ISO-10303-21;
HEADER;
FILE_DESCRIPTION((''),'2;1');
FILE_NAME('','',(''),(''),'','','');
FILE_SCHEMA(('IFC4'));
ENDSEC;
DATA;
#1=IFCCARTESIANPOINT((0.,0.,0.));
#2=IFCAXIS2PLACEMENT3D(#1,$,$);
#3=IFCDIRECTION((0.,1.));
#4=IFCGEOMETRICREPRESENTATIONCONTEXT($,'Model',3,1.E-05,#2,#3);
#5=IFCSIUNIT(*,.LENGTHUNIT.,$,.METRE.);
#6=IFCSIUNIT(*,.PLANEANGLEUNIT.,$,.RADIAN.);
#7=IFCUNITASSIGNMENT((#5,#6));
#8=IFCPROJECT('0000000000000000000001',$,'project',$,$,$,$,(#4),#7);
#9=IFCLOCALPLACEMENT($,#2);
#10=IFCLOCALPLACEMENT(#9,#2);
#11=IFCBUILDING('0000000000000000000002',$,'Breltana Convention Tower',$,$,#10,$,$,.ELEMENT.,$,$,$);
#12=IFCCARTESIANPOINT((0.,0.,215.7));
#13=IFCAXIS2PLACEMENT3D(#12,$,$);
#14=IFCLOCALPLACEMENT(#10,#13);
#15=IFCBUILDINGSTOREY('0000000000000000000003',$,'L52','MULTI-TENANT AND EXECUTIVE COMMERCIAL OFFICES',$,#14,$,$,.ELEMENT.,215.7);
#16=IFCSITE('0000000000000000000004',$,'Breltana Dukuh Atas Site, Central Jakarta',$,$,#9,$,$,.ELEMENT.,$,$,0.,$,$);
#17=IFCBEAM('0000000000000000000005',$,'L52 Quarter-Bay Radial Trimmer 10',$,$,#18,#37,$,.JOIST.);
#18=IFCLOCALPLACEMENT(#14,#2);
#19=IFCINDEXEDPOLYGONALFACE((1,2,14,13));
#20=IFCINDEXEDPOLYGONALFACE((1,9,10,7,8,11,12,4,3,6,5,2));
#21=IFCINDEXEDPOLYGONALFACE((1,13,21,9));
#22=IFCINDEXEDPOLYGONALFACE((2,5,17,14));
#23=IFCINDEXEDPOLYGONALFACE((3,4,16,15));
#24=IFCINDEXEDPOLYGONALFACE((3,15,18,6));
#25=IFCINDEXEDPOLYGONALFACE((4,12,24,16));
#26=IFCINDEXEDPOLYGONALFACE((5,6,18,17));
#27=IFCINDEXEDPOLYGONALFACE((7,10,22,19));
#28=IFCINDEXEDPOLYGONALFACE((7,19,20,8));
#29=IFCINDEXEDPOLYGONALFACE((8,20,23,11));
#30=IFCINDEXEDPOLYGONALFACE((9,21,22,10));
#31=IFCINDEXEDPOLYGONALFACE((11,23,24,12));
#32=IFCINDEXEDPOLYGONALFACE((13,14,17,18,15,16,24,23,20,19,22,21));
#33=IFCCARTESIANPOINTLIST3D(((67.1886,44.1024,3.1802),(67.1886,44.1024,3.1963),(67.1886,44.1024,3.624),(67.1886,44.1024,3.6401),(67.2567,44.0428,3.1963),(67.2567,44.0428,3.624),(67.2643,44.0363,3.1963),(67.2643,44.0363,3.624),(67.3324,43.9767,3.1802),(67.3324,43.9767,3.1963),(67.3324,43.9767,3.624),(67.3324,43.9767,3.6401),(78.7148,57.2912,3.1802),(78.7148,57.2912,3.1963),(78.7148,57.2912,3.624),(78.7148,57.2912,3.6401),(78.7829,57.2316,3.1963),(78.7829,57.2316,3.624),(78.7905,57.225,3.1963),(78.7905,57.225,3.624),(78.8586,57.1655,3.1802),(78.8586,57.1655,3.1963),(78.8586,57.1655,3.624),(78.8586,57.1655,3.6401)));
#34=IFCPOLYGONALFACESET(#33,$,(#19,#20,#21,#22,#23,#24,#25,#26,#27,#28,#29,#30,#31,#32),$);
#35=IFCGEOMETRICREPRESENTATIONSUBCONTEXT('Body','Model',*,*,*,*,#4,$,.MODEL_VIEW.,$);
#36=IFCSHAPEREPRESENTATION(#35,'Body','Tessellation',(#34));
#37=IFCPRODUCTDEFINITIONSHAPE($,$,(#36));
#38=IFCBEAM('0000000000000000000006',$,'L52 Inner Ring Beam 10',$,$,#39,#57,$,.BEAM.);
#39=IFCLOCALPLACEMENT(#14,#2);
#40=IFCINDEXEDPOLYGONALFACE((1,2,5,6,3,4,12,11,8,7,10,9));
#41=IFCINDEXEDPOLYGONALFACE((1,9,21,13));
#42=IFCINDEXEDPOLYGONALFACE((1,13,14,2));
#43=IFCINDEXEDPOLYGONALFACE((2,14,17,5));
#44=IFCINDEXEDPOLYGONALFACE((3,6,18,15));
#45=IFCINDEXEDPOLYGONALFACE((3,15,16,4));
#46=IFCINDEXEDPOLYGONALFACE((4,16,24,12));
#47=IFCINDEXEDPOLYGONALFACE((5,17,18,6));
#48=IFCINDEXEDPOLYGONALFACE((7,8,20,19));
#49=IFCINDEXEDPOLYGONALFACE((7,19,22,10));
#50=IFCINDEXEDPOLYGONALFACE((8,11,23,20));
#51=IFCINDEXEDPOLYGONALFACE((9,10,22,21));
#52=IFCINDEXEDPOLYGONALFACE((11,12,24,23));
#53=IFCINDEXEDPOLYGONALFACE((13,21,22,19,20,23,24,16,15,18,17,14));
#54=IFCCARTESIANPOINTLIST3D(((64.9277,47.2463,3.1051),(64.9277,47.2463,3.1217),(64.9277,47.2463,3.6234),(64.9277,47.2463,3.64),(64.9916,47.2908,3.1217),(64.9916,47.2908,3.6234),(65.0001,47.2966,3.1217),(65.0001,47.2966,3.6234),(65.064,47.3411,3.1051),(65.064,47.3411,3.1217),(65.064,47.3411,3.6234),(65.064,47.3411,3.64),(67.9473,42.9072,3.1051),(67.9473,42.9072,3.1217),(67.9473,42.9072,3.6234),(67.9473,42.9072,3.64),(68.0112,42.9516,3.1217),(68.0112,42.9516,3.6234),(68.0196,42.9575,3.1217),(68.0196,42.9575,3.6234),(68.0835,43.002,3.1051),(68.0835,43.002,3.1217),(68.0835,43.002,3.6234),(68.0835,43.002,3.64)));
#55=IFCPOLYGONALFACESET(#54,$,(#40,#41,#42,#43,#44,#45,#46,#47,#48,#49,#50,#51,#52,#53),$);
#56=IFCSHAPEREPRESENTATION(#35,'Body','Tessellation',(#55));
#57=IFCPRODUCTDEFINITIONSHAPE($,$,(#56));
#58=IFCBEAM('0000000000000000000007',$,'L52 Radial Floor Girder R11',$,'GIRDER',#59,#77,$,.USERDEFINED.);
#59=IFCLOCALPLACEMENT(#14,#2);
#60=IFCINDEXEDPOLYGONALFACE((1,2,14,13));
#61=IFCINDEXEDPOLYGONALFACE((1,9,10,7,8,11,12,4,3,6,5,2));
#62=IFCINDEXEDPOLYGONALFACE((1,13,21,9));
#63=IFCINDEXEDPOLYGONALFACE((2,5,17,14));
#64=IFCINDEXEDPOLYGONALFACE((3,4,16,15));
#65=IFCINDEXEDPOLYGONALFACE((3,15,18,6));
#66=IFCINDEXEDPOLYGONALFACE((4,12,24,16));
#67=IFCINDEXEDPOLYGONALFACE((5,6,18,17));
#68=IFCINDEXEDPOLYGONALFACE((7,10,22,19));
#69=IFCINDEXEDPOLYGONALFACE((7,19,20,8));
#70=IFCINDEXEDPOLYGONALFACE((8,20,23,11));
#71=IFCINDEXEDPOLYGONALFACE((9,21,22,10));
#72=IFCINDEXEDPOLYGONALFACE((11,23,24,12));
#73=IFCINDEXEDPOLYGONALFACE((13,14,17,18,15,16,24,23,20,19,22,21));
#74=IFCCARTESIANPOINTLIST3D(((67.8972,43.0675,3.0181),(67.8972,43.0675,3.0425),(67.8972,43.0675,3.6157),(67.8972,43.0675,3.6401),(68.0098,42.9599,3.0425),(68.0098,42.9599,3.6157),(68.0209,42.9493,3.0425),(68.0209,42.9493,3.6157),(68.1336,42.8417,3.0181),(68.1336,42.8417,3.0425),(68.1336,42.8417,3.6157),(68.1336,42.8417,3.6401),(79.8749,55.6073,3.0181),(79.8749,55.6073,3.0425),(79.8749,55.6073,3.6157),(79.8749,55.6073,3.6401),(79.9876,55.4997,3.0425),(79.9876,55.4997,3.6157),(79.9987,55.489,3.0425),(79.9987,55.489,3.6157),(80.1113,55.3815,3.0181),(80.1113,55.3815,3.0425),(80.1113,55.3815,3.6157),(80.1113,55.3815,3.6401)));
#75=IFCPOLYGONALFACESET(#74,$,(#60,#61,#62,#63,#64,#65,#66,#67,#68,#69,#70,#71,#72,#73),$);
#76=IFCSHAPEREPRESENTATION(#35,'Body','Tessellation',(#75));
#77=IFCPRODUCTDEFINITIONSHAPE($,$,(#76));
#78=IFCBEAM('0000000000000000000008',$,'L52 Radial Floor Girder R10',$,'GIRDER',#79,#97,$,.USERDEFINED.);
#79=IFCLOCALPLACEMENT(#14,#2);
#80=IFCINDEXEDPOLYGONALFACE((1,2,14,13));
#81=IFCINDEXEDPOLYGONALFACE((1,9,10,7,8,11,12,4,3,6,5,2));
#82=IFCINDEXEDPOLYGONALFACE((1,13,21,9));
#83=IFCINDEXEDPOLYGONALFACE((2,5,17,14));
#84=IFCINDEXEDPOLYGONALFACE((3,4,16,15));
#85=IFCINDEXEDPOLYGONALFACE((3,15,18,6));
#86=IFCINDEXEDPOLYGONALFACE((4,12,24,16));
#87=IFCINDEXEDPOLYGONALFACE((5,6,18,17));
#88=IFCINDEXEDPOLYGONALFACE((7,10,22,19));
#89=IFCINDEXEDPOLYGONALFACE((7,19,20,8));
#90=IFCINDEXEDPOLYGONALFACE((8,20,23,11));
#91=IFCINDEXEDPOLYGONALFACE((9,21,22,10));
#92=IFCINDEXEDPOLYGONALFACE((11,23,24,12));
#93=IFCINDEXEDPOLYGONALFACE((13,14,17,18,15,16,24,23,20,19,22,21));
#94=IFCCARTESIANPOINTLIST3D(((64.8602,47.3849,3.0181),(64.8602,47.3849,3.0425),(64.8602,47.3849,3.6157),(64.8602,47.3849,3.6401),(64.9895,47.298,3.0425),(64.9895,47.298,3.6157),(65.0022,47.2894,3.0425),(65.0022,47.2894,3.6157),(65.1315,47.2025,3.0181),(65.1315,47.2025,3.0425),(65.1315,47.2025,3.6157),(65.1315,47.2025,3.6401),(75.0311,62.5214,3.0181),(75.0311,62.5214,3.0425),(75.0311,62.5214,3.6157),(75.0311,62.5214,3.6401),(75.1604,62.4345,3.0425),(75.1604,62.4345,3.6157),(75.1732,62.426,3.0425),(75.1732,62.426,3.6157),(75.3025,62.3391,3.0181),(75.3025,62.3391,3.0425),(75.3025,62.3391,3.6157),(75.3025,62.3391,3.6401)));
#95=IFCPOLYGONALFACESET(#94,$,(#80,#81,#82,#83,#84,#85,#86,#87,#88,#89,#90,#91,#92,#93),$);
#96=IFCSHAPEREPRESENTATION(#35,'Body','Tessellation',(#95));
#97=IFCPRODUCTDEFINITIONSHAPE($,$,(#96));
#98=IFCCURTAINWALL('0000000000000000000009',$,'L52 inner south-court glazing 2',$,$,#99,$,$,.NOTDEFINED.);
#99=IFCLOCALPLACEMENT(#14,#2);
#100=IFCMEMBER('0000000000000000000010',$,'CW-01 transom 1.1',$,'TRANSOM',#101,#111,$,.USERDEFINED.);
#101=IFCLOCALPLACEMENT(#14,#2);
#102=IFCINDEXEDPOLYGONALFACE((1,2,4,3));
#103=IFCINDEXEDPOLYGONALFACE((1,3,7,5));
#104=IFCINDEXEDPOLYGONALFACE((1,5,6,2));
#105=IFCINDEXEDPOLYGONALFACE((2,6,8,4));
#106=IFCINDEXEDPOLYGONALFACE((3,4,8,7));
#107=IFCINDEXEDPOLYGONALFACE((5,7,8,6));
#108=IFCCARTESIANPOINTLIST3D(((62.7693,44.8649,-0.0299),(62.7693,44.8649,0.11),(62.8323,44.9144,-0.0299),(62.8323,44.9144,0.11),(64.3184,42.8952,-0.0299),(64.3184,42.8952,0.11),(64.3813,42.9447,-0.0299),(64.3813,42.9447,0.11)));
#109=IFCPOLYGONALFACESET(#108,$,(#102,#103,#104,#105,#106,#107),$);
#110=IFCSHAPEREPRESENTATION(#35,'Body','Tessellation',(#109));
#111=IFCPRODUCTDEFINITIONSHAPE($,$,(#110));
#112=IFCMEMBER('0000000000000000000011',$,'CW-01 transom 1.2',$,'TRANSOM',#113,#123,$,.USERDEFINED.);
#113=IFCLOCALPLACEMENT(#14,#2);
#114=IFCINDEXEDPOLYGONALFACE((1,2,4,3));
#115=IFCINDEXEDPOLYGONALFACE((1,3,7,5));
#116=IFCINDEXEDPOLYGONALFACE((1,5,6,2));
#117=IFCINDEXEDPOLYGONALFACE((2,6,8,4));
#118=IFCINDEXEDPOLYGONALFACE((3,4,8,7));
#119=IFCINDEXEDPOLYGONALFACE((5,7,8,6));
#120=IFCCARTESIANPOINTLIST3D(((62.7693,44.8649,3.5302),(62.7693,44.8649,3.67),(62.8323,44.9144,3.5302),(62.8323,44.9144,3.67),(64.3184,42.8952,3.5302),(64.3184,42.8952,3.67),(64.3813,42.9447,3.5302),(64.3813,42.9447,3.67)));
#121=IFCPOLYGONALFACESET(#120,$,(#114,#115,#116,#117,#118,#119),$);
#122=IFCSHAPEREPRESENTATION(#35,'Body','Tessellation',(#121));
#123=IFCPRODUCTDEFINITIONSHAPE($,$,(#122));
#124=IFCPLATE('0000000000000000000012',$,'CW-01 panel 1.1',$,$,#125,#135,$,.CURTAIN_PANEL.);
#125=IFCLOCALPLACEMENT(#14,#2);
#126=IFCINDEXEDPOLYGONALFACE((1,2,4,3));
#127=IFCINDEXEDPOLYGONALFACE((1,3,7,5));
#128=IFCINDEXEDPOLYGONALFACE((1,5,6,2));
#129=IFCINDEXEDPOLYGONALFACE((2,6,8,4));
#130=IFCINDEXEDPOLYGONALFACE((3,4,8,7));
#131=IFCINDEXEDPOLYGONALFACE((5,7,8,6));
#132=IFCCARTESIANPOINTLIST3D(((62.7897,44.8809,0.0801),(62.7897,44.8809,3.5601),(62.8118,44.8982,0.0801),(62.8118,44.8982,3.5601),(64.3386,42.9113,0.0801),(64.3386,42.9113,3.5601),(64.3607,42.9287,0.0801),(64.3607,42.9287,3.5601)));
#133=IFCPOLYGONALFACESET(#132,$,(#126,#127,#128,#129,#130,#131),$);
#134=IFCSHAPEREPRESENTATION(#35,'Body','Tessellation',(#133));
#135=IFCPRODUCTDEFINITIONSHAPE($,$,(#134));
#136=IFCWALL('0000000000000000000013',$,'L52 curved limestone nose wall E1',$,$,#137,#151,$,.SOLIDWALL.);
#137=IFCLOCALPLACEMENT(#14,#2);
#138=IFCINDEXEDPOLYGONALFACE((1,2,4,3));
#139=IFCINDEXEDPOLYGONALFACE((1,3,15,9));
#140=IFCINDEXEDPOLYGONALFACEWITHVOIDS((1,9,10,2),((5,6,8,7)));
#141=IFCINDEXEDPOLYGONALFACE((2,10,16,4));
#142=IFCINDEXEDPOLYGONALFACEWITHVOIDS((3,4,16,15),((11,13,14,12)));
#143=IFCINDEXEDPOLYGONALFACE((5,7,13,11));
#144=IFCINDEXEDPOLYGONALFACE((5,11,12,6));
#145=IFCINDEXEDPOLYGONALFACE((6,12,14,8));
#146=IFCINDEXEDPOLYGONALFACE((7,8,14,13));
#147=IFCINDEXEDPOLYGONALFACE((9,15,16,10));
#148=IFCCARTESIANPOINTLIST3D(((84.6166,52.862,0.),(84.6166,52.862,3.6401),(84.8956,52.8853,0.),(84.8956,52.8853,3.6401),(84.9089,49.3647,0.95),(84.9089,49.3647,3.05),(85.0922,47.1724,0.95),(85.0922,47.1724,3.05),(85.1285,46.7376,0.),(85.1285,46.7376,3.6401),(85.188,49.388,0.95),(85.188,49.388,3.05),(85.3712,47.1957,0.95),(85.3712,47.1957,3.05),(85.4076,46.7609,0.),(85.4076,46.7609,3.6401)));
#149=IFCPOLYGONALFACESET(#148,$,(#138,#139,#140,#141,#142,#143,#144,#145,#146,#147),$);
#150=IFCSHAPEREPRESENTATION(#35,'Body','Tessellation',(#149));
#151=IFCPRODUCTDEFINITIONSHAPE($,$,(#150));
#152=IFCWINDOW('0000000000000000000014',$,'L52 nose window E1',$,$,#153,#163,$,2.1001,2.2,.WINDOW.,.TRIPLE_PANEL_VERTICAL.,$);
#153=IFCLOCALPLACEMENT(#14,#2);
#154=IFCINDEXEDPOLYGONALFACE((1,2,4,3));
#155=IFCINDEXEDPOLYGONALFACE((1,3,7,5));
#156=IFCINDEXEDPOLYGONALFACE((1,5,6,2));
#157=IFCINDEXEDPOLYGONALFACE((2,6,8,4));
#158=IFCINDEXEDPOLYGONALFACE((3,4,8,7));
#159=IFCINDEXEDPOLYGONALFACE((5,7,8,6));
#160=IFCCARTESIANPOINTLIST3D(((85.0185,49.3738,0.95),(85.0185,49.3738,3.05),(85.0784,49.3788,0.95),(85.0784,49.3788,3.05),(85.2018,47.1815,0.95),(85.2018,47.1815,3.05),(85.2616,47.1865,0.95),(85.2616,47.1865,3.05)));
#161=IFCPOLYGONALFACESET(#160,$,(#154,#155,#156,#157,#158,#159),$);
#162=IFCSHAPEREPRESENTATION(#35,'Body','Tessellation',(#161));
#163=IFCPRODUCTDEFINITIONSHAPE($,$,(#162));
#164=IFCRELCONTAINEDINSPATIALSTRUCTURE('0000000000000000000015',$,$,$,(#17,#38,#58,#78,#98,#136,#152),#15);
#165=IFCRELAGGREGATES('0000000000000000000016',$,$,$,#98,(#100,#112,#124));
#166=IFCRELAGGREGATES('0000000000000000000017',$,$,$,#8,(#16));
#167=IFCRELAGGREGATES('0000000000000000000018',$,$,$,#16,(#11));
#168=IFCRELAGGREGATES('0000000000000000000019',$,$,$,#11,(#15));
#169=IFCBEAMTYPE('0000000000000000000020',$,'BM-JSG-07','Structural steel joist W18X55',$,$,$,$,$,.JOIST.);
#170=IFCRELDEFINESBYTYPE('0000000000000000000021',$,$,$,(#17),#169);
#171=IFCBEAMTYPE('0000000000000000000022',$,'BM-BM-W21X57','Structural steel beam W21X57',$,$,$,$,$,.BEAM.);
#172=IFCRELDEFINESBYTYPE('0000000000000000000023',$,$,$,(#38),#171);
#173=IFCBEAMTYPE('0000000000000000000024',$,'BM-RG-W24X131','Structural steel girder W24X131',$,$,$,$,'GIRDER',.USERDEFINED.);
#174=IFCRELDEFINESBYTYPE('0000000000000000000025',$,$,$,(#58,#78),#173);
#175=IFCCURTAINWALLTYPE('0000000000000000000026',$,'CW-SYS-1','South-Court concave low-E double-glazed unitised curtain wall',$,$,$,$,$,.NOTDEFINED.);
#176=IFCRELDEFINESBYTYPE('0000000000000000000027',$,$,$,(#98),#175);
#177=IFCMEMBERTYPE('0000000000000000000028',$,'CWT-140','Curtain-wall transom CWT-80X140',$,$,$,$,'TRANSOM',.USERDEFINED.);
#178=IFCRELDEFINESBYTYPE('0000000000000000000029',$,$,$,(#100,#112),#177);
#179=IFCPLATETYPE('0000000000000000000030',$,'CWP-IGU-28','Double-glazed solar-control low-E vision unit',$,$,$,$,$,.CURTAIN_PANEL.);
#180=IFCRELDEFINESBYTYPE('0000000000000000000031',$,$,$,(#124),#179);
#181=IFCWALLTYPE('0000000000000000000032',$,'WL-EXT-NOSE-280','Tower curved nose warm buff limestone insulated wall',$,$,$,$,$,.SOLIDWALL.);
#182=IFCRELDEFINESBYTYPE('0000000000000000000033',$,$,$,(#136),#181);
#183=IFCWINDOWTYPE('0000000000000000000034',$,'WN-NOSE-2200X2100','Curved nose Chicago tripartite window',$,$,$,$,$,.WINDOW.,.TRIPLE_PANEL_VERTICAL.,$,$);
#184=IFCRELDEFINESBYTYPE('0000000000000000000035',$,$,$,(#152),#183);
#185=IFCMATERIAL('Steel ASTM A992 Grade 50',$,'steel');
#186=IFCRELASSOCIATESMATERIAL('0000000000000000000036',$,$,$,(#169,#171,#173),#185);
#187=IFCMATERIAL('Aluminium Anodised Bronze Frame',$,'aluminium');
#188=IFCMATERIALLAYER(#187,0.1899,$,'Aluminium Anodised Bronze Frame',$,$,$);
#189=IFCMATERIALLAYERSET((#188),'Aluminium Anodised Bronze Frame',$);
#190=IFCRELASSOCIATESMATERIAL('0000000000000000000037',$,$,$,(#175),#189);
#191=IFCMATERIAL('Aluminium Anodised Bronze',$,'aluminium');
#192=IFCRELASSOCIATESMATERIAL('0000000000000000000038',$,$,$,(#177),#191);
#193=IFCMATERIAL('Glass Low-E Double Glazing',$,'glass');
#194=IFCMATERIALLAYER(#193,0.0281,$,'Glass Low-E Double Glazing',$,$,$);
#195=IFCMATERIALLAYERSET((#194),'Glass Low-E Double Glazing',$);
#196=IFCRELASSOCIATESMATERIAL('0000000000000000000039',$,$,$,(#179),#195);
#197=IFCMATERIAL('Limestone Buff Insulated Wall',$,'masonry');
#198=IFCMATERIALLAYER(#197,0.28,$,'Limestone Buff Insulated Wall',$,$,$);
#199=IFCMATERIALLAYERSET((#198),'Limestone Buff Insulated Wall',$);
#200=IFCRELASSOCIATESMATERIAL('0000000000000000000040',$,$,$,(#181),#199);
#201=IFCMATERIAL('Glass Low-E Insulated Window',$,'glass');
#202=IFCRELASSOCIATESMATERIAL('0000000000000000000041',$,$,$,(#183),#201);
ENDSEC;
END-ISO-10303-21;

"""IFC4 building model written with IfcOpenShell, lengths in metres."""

from ifc_helpers import new_model, si_unit, direction, frame, frame_2d, origin, origin_2d, place, context, subcontext, project, spatial, rectangle, i_section, extrude, source, transform, mapped, material, layer, layer_set, material_profile, profile_set, type_object, type_shapes, element, fill, aggregate, save


model = new_model("IFC4")

# Units and contexts
model_context = context("Model", 3, precision=1e-05, world=origin(), true_north=direction((0.0, 1.0)))
body_context = subcontext(model_context, "Body", "Model", "MODEL_VIEW")
ifc_project = project(units=[si_unit("LENGTHUNIT", "METRE"), si_unit("PLANEANGLEUNIT", "RADIAN")], contexts=[model_context])

# Site, building, storey
site_placement = place(None, origin())
site = spatial("IfcSite", under=ifc_project, at=site_placement, Name="Breltana Dukuh Atas Site, Central Jakarta", CompositionType="ELEMENT", RefElevation=0.0)
building_placement = place(site_placement, origin())
building = spatial("IfcBuilding", under=site, at=building_placement, Name="Breltana Convention Tower", CompositionType="ELEMENT")
storey_placement = place(building_placement, frame((0.0, 0.0, 215.7)))
storey = spatial("IfcBuildingStorey", under=building, at=storey_placement, Name="L52", Description="MULTI-TENANT AND EXECUTIVE COMMERCIAL OFFICES", CompositionType="ELEMENT", Elevation=215.7)

# Shared definitions
ifc_material_1 = material(Name="Steel ASTM A992 Grade 50", Category="steel")

# Beams
ifc_material_profile_1 = material_profile(ifc_material_1, i_section(OverallWidth=0.1909, OverallDepth=0.46, WebThickness=0.01, FlangeThickness=0.0161, at=origin_2d()), Name="W18X55")
ifc_profile_set_1 = profile_set([ifc_material_profile_1], Name="Steel ASTM A992 Grade 50")
beam_type_1 = type_object("IfcBeamType", Name="BM-JSG-07", Description="Structural steel joist W18X55", PredefinedType="JOIST", material=ifc_profile_set_1)
shared_shape_1 = source(origin(), body_context, "Body", "SweptSolid", [
    extrude(i_section(OverallWidth=0.1909, OverallDepth=0.46, WebThickness=0.01, FlangeThickness=0.0161, at=origin_2d()), origin(), (0.0, 0.0, 1.0), 17.5156),
])
beam_1_placement = place(storey_placement, frame((67.2605, 44.0396, 3.4102), z_axis=(0.658052, 0.752973, 0.0), x_axis=(-0.752973, 0.658052, 0.0)))
element("IfcBeam", 1, at=beam_1_placement, inside=storey, type_object=beam_type_1, Name="L52 Quarter-Bay Radial Trimmer 10", PredefinedType="JOIST", context=body_context, shape_type="MappedRepresentation", body=[
    mapped(shared_shape_1, transform((0.0, 0.0, 0.0), scale=1.0)),
])
ifc_material_profile_2 = material_profile(ifc_material_1, i_section(OverallWidth=0.166, OverallDepth=0.5349, WebThickness=0.0103, FlangeThickness=0.0166, at=origin_2d()), Name="W21X57")
ifc_profile_set_2 = profile_set([ifc_material_profile_2], Name="Steel ASTM A992 Grade 50")
beam_type_2 = type_object("IfcBeamType", Name="BM-BM-W21X57", Description="Structural steel beam W21X57", PredefinedType="BEAM", material=ifc_profile_set_2)
shared_shape_2 = source(origin(), body_context, "Body", "SweptSolid", [
    extrude(i_section(OverallWidth=0.166, OverallDepth=0.5349, WebThickness=0.0103, FlangeThickness=0.0166, at=origin_2d()), origin(), (0.0, 0.0, 1.0), 5.2864),
])
beam_2_placement = place(storey_placement, frame((64.9958, 47.2937, 3.3726), z_axis=(0.571194, -0.820815, 0.0), x_axis=(0.820815, 0.571194, 0.0)))
element("IfcBeam", 2, at=beam_2_placement, inside=storey, type_object=beam_type_2, Name="L52 Inner Ring Beam 10", PredefinedType="BEAM", context=body_context, shape_type="MappedRepresentation", body=[
    mapped(shared_shape_2, transform((0.0, 0.0, 0.0), scale=1.0)),
])
ifc_material_profile_3 = material_profile(ifc_material_1, i_section(OverallWidth=0.3269, OverallDepth=0.6221, WebThickness=0.0154, FlangeThickness=0.0244, at=origin_2d()), Name="W24X131")
ifc_profile_set_3 = profile_set([ifc_material_profile_3], Name="Steel ASTM A992 Grade 50")
beam_type_3 = type_object("IfcBeamType", Name="BM-RG-W24X131", Description="Structural steel girder W24X131", ElementType="GIRDER", PredefinedType="USERDEFINED", material=ifc_profile_set_3)
shared_shape_3 = source(origin(), body_context, "Body", "SweptSolid", [
    extrude(i_section(OverallWidth=0.3269, OverallDepth=0.6221, WebThickness=0.0154, FlangeThickness=0.0244, at=origin_2d()), origin(), (0.0, 0.0, 1.0), 17.3411),
])
type_shapes(beam_type_3, [shared_shape_3])
beam_3_placement = place(storey_placement, frame((68.0154, 42.9546, 3.3291), z_axis=(0.690716, 0.723126, 0.0), x_axis=(-0.723126, 0.690716, 0.0)))
element("IfcBeam", 3, at=beam_3_placement, inside=storey, type_object=beam_type_3, Name="L52 Radial Floor Girder R11", ObjectType="GIRDER", PredefinedType="USERDEFINED", context=body_context, shape_type="MappedRepresentation", body=[
    mapped(shared_shape_3, transform((0.0, 0.0, 0.0), scale=1.0)),
])
shared_shape_4 = source(origin(), body_context, "Body", "SweptSolid", [
    extrude(i_section(OverallWidth=0.3269, OverallDepth=0.6221, WebThickness=0.0154, FlangeThickness=0.0244, at=origin_2d()), origin(), (0.0, 0.0, 1.0), 18.2363),
])
beam_4_placement = place(storey_placement, frame((64.9958, 47.2937, 3.3291), z_axis=(0.55773, 0.830022, 0.0), x_axis=(-0.830022, 0.55773, 0.0)))
element("IfcBeam", 4, at=beam_4_placement, inside=storey, type_object=beam_type_3, Name="L52 Radial Floor Girder R10", ObjectType="GIRDER", PredefinedType="USERDEFINED", context=body_context, shape_type="MappedRepresentation", body=[
    mapped(shared_shape_4, transform((0.0, 0.0, 0.0), scale=1.0)),
])

# Curtain wall, members, plate
ifc_material_2 = material(Name="Aluminium Anodised Bronze Frame", Category="aluminium")
ifc_layer_1 = layer(ifc_material_2, 0.1899, Name="Aluminium Anodised Bronze Frame")
ifc_layer_set_1 = layer_set([ifc_layer_1], Name="Aluminium Anodised Bronze Frame")
curtain_wall_type = type_object("IfcCurtainWallType", Name="CW-SYS-1", Description="South-Court concave low-E double-glazed unitised curtain wall", PredefinedType="NOTDEFINED", material=ifc_layer_set_1)
curtain_wall_placement = place(storey_placement, origin())
curtain_wall = element("IfcCurtainWall", 5, at=curtain_wall_placement, inside=storey, type_object=curtain_wall_type, Name="L52 inner south-court glazing 2", PredefinedType="NOTDEFINED")
ifc_material_3 = material(Name="Aluminium Anodised Bronze", Category="aluminium")
ifc_material_profile_4 = material_profile(ifc_material_3, rectangle(XDim=0.0801, YDim=0.1399, at=origin_2d()), Name="CWT-80X140")
ifc_profile_set_4 = profile_set([ifc_material_profile_4], Name="Aluminium Anodised Bronze")
member_type = type_object("IfcMemberType", Name="CWT-140", Description="Curtain-wall transom CWT-80X140", ElementType="TRANSOM", PredefinedType="USERDEFINED", material=ifc_profile_set_4)
shared_shape_5 = source(origin(), body_context, "Body", "SweptSolid", [
    extrude(rectangle(XDim=0.0801, YDim=0.1399, at=origin_2d()), origin(), (0.0, 0.0, 1.0), 2.5059),
])
member_1_placement = place(storey_placement, frame((64.3499, 42.9199, 0.04), z_axis=(-0.618174, 0.786041, 0.0), x_axis=(-0.786041, -0.618174, 0.0)))
member_1 = element("IfcMember", 6, at=member_1_placement, type_object=member_type, Name="CW-01 transom 1.1", ObjectType="TRANSOM", PredefinedType="USERDEFINED", context=body_context, shape_type="MappedRepresentation", body=[
    mapped(shared_shape_5, transform((0.0, 0.0, 0.0), scale=1.0)),
])
member_2_placement = place(storey_placement, frame((64.3499, 42.9199, 3.6001), z_axis=(-0.618174, 0.786041, 0.0), x_axis=(-0.786041, -0.618174, 0.0)))
member_2 = element("IfcMember", 7, at=member_2_placement, type_object=member_type, Name="CW-01 transom 1.2", ObjectType="TRANSOM", PredefinedType="USERDEFINED", context=body_context, shape_type="MappedRepresentation", body=[
    mapped(shared_shape_5, transform((0.0, 0.0, 0.0), scale=1.0)),
])
ifc_material_4 = material(Name="Glass Low-E Double Glazing", Category="glass")
ifc_layer_2 = layer(ifc_material_4, 0.0281, Name="Glass Low-E Double Glazing")
ifc_layer_set_2 = layer_set([ifc_layer_2], Name="Glass Low-E Double Glazing")
plate_type = type_object("IfcPlateType", Name="CWP-IGU-28", Description="Double-glazed solar-control low-E vision unit", PredefinedType="CURTAIN_PANEL", material=ifc_layer_set_2)
shared_shape_6 = source(origin(), body_context, "Body", "SweptSolid", [
    extrude(rectangle(XDim=2.5056, YDim=0.0281, at=origin_2d()), origin(), (0.0, 0.0, 1.0), 3.48),
])
plate_placement = place(storey_placement, frame((63.5752, 43.9048, 0.0801), z_axis=(0.0, 0.0, 1.0), x_axis=(-0.61815, 0.786061, 0.0)))
plate = element("IfcPlate", 8, at=plate_placement, type_object=plate_type, Name="CW-01 panel 1.1", PredefinedType="CURTAIN_PANEL", context=body_context, shape_type="MappedRepresentation", body=[
    mapped(shared_shape_6, transform((0.0, 0.0, 0.0), scale=1.0)),
])
aggregate(curtain_wall, [member_1, member_2, plate])

# Wall, opening, window
ifc_material_5 = material(Name="Limestone Buff Insulated Wall", Category="masonry")
ifc_layer_3 = layer(ifc_material_5, 0.28, Name="Limestone Buff Insulated Wall")
ifc_layer_set_3 = layer_set([ifc_layer_3], Name="Limestone Buff Insulated Wall")
wall_type = type_object("IfcWallType", Name="WL-EXT-NOSE-280", Description="Tower curved nose warm buff limestone insulated wall", PredefinedType="SOLIDWALL", material=ifc_layer_set_3)
shared_shape_7 = source(origin(), body_context, "Body", "SweptSolid", [
    extrude(rectangle(XDim=6.1458, YDim=0.28, at=frame_2d((3.0728, 0.0))), origin(), (0.0, 0.0, 1.0), 3.6401),
])
wall_1_placement = place(storey_placement, frame((84.7561, 52.8735, 0.0), z_axis=(0.0, 0.0, 1.0), x_axis=(0.083302, -0.996524, 0.0)))
wall_1 = element("IfcWall", 9, at=wall_1_placement, inside=storey, type_object=wall_type, Name="L52 curved limestone nose wall E1", PredefinedType="SOLIDWALL", context=body_context, shape_type="MappedRepresentation", body=[
    mapped(shared_shape_7, transform((0.0, 0.0, 0.0), scale=1.0)),
])
opening_1_placement = place(wall_1_placement, frame((3.5093, 0.0, 0.95)))
opening_1 = element("IfcOpeningElement", 10, at=opening_1_placement, cuts=wall_1, PredefinedType="OPENING", context=body_context, shape_type="SweptSolid", body=[
    extrude(rectangle(XDim=2.2, YDim=2.1001, at=frame_2d((1.1001, 1.05))), frame((0.0, 0.1499, 0.0), z_axis=(0.0, -1.0, 0.0), x_axis=(1.0, 0.0, 0.0)), (0.0, 0.0, 1.0), 0.3),
])
ifc_material_6 = material(Name="Glass Low-E Insulated Window", Category="glass")
window_type = type_object("IfcWindowType", Name="WN-NOSE-2200X2100", Description="Curved nose Chicago tripartite window", PartitioningType="TRIPLE_PANEL_VERTICAL", PredefinedType="WINDOW", material=ifc_material_6)
shared_shape_8 = source(origin(), body_context, "Body", "SweptSolid", [
    extrude(rectangle(XDim=2.2, YDim=2.1001, at=frame_2d((1.1001, 1.05))), frame((0.0, 0.03, 0.0), z_axis=(0.0, -1.0, 0.0), x_axis=(1.0, 0.0, 0.0)), (0.0, 0.0, 1.0), 0.0601),
])
type_shapes(window_type, [shared_shape_8])
window_1_placement = place(opening_1_placement, origin())
window_1 = element("IfcWindow", 11, at=window_1_placement, inside=storey, type_object=window_type, Name="L52 nose window E1", OverallHeight=2.1001, OverallWidth=2.2, PartitioningType="TRIPLE_PANEL_VERTICAL", PredefinedType="WINDOW", context=body_context, shape_type="MappedRepresentation", body=[
    mapped(shared_shape_8, transform((0.0, 0.0, 0.0), scale=1.0)),
])
fill(opening_1, window_1)

save(model, "model.ifc")
